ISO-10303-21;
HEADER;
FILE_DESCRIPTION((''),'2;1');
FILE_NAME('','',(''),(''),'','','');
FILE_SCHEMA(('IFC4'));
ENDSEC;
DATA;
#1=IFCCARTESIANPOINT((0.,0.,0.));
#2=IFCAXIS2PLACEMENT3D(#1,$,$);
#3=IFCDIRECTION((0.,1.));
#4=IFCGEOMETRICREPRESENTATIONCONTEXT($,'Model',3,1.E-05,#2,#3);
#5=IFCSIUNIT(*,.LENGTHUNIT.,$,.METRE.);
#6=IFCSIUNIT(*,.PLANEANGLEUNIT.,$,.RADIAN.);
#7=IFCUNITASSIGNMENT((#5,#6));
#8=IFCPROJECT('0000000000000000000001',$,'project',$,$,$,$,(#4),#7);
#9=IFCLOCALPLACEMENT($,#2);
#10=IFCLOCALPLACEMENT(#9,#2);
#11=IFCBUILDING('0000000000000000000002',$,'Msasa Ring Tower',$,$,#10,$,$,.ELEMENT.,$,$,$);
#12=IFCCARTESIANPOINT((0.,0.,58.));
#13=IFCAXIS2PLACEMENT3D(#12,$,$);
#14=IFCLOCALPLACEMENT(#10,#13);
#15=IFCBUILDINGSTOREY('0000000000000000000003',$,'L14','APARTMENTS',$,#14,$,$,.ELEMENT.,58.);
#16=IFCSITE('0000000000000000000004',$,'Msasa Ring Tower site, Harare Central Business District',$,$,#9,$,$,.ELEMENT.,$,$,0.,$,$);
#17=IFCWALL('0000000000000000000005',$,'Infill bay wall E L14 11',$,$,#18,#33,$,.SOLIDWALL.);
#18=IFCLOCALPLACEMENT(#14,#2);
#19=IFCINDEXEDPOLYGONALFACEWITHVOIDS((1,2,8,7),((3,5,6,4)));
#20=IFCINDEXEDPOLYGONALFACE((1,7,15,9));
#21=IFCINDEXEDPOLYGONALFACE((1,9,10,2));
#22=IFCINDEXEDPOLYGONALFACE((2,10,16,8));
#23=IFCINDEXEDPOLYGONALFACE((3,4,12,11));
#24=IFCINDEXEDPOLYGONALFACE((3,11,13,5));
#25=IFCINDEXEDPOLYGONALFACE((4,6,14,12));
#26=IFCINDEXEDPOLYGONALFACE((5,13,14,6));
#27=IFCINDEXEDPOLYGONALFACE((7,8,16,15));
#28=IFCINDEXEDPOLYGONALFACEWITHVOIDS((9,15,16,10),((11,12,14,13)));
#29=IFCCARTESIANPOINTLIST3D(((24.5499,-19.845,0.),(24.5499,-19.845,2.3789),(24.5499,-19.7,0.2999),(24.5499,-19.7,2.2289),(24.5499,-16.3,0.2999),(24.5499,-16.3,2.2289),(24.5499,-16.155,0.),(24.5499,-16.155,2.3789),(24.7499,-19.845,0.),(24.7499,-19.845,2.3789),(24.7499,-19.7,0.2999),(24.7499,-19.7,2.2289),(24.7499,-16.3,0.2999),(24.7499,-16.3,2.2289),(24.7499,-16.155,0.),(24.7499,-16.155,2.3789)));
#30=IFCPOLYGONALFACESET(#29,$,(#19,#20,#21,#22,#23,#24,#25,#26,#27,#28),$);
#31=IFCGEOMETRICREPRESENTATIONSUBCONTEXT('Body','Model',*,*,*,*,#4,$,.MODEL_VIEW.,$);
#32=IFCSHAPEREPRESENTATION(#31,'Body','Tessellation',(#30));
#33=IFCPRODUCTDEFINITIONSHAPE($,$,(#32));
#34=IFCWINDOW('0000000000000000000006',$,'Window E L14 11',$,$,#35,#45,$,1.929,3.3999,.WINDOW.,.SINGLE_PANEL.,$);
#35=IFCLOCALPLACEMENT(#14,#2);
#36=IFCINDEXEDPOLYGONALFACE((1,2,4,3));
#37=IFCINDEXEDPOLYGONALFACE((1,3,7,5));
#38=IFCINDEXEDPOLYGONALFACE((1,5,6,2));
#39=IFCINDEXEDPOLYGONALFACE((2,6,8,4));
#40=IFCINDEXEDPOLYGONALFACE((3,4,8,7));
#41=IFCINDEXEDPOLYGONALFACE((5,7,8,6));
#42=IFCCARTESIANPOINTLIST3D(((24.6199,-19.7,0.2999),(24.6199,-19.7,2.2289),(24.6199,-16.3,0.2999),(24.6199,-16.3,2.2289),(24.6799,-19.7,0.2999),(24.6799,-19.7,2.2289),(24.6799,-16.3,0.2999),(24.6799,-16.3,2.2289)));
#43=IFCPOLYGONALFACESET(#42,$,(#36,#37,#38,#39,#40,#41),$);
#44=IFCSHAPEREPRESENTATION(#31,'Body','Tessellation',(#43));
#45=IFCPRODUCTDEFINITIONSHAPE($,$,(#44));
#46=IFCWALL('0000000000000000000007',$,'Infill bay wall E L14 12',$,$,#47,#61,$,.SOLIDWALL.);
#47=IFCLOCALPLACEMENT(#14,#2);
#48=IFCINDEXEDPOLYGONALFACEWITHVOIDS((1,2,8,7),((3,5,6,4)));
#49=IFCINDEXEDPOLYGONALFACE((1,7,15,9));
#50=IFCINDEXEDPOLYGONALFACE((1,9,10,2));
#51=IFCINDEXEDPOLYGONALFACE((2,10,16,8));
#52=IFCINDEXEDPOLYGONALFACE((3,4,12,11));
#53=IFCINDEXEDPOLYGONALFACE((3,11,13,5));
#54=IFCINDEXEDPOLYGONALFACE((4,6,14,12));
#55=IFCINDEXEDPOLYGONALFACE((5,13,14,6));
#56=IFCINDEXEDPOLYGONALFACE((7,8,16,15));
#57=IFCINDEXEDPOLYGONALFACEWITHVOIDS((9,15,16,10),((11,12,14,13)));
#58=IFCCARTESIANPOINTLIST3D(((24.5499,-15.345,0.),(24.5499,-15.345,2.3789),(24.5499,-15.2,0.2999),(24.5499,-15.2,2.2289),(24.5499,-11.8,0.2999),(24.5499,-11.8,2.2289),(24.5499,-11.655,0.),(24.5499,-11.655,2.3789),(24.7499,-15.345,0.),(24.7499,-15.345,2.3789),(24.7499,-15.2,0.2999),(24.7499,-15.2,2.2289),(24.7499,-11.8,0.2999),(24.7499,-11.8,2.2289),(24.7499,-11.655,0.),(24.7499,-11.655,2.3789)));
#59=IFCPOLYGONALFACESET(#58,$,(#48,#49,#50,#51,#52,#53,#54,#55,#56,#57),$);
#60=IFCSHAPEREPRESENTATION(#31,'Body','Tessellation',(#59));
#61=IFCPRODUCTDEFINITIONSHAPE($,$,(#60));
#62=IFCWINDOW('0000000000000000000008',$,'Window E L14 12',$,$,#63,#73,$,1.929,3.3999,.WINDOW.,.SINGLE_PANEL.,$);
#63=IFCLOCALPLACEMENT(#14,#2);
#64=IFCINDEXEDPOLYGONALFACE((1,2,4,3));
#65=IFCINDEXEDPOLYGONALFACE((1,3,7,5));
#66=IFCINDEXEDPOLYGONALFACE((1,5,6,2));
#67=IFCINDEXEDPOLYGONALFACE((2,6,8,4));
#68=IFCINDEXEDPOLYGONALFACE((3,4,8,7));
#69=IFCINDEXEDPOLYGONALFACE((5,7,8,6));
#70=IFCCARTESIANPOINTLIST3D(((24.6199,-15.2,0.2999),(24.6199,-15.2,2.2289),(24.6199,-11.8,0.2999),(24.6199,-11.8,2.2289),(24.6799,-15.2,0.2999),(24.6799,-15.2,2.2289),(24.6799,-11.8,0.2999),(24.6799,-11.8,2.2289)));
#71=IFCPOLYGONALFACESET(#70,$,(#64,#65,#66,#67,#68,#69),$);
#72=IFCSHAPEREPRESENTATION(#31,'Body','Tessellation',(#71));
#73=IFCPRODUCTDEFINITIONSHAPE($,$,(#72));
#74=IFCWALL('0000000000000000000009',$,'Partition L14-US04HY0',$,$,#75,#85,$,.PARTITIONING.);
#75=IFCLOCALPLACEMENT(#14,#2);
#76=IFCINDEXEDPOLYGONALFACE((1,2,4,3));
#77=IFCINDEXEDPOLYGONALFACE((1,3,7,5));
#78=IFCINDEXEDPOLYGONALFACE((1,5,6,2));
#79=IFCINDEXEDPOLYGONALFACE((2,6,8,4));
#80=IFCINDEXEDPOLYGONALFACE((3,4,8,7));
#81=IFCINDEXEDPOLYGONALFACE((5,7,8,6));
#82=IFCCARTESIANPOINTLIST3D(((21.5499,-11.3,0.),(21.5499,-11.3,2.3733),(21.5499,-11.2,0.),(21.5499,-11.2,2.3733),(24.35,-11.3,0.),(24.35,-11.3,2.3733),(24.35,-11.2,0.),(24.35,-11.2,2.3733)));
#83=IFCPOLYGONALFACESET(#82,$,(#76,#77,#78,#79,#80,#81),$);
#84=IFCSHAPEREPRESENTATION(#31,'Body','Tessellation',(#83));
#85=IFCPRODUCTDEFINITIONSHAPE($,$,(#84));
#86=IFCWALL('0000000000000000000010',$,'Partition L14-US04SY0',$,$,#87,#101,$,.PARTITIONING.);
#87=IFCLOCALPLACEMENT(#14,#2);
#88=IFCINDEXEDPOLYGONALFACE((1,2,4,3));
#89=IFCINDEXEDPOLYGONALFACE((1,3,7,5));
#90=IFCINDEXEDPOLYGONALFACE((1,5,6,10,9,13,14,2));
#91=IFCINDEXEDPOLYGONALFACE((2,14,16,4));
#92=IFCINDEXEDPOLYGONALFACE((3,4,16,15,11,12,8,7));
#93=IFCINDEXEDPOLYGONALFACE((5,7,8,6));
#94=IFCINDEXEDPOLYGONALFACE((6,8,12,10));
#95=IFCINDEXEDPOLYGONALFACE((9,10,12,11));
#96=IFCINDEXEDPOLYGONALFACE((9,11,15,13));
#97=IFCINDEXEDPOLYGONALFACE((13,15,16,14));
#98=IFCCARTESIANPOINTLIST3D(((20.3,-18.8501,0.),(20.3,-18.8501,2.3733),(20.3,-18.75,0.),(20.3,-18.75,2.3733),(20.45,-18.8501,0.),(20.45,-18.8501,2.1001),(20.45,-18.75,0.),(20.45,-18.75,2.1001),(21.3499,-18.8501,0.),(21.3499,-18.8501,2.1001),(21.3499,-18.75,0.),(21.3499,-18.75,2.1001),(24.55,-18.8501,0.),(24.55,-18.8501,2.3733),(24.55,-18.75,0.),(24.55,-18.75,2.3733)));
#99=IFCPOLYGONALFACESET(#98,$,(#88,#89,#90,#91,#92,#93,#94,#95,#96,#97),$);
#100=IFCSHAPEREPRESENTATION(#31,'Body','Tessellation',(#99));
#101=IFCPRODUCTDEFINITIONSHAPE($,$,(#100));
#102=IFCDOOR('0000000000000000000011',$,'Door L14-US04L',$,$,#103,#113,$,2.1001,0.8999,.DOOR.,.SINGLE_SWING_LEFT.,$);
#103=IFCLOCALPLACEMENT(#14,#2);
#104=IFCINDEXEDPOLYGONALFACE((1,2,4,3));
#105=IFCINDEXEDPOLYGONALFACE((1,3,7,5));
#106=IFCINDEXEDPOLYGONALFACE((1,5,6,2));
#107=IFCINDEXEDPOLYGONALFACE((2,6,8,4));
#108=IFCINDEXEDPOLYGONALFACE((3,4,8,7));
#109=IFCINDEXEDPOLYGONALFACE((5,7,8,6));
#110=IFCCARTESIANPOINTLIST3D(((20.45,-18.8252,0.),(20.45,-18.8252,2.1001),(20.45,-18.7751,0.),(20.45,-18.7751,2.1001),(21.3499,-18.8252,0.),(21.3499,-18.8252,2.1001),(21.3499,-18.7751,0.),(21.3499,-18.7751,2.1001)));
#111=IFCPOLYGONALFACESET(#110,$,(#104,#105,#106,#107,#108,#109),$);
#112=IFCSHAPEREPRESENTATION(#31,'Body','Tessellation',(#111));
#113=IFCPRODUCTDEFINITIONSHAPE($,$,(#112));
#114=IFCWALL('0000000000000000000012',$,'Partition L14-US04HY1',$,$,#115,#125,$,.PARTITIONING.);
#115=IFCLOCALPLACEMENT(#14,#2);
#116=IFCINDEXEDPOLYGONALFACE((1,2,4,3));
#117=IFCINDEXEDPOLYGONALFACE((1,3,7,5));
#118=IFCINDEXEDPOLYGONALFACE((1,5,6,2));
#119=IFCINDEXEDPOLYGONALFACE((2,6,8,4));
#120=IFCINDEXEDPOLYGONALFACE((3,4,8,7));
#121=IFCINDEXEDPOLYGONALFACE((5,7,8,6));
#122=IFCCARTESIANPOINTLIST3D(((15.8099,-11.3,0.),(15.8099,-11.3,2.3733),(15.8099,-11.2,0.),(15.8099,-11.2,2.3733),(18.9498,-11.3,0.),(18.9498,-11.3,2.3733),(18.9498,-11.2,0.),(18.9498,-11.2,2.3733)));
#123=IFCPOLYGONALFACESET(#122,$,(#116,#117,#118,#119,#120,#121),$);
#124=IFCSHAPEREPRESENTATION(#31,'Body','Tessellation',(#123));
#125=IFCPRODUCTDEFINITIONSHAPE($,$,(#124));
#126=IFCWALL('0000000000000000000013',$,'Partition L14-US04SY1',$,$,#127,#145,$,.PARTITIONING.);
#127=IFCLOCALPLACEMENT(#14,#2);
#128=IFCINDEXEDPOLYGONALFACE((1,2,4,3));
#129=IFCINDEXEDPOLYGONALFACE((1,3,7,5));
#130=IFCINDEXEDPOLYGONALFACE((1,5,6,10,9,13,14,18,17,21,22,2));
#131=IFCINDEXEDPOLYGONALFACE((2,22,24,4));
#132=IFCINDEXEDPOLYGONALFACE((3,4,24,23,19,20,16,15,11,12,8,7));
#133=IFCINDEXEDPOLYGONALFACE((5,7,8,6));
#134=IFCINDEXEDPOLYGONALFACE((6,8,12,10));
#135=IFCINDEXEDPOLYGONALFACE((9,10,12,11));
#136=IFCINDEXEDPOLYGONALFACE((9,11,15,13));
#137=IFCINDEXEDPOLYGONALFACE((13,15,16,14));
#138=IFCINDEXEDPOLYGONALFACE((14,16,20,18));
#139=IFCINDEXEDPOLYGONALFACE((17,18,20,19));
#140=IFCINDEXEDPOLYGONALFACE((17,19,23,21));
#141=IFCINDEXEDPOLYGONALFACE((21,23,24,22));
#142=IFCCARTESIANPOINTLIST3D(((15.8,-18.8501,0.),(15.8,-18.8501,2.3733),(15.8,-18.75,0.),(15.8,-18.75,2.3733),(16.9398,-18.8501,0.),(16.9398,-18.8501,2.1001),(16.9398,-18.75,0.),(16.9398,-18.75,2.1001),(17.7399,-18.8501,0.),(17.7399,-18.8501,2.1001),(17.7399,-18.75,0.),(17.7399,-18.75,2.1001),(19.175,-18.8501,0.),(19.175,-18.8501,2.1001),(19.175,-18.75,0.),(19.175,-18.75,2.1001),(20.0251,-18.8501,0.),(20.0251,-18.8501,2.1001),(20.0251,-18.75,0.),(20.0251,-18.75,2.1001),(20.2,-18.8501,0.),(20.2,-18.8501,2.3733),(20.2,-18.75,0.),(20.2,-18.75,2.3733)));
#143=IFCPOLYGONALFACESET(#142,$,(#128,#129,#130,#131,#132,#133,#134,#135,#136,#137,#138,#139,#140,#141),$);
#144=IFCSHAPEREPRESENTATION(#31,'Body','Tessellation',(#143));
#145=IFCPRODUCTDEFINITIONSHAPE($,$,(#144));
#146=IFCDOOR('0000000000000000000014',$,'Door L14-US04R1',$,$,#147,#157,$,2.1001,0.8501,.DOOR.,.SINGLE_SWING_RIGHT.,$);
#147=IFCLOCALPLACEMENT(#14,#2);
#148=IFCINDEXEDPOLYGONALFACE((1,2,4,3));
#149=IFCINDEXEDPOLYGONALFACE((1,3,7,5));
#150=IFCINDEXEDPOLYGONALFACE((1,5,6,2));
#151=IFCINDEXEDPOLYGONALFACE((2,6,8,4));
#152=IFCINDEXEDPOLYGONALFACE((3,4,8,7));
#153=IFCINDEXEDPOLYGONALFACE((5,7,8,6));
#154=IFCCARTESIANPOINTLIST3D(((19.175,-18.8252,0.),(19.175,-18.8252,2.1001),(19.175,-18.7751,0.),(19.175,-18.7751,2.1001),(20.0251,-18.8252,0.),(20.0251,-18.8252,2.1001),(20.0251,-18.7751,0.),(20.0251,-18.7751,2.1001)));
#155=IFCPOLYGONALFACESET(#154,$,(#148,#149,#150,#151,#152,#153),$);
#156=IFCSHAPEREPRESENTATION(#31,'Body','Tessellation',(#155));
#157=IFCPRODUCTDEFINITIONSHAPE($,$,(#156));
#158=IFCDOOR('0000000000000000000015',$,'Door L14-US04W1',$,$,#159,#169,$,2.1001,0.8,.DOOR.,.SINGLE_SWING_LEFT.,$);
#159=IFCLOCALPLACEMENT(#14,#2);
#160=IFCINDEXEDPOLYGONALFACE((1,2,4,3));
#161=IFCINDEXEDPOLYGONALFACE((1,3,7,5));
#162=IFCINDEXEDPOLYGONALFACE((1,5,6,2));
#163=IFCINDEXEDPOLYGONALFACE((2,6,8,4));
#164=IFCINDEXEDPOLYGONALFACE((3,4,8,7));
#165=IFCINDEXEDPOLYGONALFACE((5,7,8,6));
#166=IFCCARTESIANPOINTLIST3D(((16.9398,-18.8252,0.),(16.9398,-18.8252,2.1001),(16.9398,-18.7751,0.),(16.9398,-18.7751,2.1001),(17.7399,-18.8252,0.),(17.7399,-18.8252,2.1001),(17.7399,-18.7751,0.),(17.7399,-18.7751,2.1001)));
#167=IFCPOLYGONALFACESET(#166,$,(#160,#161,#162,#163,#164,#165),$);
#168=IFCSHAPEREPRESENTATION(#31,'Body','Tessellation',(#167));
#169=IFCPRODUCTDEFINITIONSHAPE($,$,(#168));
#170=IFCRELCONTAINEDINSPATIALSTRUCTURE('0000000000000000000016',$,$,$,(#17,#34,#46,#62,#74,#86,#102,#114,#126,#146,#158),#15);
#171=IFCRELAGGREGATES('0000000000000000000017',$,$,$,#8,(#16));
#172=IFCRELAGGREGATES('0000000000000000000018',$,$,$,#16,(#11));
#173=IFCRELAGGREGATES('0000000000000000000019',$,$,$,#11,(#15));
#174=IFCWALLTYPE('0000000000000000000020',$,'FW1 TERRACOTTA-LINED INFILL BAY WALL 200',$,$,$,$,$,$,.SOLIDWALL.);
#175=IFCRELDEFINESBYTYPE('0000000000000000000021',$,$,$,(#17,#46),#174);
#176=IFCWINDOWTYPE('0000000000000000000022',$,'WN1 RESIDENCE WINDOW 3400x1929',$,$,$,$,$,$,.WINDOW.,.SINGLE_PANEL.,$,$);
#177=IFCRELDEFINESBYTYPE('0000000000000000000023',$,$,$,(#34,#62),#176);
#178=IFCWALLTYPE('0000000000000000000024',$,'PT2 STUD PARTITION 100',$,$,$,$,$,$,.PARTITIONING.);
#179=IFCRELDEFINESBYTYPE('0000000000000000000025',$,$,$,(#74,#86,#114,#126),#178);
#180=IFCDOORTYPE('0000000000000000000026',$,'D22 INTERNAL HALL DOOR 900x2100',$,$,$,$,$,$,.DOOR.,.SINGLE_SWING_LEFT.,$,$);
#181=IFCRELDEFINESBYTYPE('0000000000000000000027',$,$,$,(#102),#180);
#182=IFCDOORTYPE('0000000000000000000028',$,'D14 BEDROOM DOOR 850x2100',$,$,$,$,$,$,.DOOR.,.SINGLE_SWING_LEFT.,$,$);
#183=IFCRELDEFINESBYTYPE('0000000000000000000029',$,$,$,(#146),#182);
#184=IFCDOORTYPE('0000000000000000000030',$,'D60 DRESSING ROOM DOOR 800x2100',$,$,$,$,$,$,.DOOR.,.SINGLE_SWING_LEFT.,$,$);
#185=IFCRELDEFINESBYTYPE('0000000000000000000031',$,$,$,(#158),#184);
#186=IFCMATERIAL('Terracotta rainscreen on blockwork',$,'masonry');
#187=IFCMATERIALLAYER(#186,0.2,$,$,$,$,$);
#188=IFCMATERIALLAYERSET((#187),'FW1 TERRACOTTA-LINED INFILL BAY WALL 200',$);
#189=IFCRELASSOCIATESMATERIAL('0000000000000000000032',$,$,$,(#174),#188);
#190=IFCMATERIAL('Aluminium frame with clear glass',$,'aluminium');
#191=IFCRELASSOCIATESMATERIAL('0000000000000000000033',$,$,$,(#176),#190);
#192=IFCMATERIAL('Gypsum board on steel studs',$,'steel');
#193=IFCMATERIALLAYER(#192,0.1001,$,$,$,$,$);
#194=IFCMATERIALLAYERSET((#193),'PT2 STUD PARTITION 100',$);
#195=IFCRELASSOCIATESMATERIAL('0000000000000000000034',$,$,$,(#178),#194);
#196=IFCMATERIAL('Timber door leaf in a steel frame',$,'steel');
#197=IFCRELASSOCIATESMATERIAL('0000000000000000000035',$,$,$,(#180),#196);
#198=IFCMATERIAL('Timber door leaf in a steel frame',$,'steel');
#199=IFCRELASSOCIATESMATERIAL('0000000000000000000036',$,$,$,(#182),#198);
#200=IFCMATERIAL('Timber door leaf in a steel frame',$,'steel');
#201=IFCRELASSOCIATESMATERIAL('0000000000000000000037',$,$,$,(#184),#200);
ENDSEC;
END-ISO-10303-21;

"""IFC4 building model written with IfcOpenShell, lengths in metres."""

from ifc_helpers import new_model, si_unit, direction, frame, frame_2d, origin, place, context, subcontext, project, spatial, rectangle, extrude, material, layer, layer_set, type_object, element, fill, save


model = new_model("IFC4")

# Units and contexts
model_context = context("Model", 3, precision=1e-05, world=origin(), true_north=direction((0.0, 1.0)))
body_context = subcontext(model_context, "Body", "Model", "MODEL_VIEW")
ifc_project = project(units=[si_unit("LENGTHUNIT", "METRE"), si_unit("PLANEANGLEUNIT", "RADIAN")], contexts=[model_context])

# Site, building, storey
site_placement = place(None, origin())
site = spatial("IfcSite", under=ifc_project, at=site_placement, Name="Msasa Ring Tower site, Harare Central Business District", CompositionType="ELEMENT", RefElevation=0.0)
building_placement = place(site_placement, origin())
building = spatial("IfcBuilding", under=site, at=building_placement, Name="Msasa Ring Tower", CompositionType="ELEMENT")
storey_placement = place(building_placement, frame((0.0, 0.0, 58.0)))
storey = spatial("IfcBuildingStorey", under=building, at=storey_placement, Name="L14", Description="APARTMENTS", CompositionType="ELEMENT", Elevation=58.0)

# Walls, openings, windows
ifc_material_1 = material(Name="Terracotta rainscreen on blockwork", Category="masonry")
ifc_layer_1 = layer(ifc_material_1, 0.2)
ifc_layer_set_1 = layer_set([ifc_layer_1], Name="FW1 TERRACOTTA-LINED INFILL BAY WALL 200")
wall_type_1 = type_object("IfcWallType", Name="FW1 TERRACOTTA-LINED INFILL BAY WALL 200", PredefinedType="SOLIDWALL", material=ifc_layer_set_1)
wall_1_placement = place(storey_placement, frame((24.6499, -19.845, 0.0), z_axis=(0.0, 0.0, 1.0), x_axis=(0.0, 1.0, 0.0)))
wall_1 = element("IfcWall", 1, at=wall_1_placement, inside=storey, type_object=wall_type_1, Name="Infill bay wall E L14 11", PredefinedType="SOLIDWALL", context=body_context, shape_type="SweptSolid", body=[
    extrude(rectangle(XDim=3.6899, YDim=0.2, at=frame_2d((1.845, 0.0))), origin(), (0.0, 0.0, 1.0), 2.3789),
])
opening_1_placement = place(wall_1_placement, frame((0.145, 0.0, 0.3)))
opening_1 = element("IfcOpeningElement", 2, at=opening_1_placement, cuts=wall_1, PredefinedType="OPENING", context=body_context, shape_type="SweptSolid", body=[
    extrude(rectangle(XDim=3.3999, YDim=1.929, at=frame_2d((1.7, 0.9644))), frame((0.0, 0.1099, 0.0), z_axis=(0.0, -1.0, 0.0), x_axis=(1.0, 0.0, 0.0)), (0.0, 0.0, 1.0), 0.22),
])
ifc_material_2 = material(Name="Aluminium frame with clear glass", Category="aluminium")
window_type = type_object("IfcWindowType", Name="WN1 RESIDENCE WINDOW 3400x1929", PartitioningType="SINGLE_PANEL", PredefinedType="WINDOW", material=ifc_material_2)
window_1_placement = place(opening_1_placement, origin())
window_1 = element("IfcWindow", 3, at=window_1_placement, inside=storey, type_object=window_type, Name="Window E L14 11", OverallHeight=1.929, OverallWidth=3.3999, PartitioningType="SINGLE_PANEL", PredefinedType="WINDOW", context=body_context, shape_type="SweptSolid", body=[
    extrude(rectangle(XDim=3.3999, YDim=1.929, at=frame_2d((1.7, 0.9644))), frame((0.0, 0.03, 0.0), z_axis=(0.0, -1.0, 0.0), x_axis=(1.0, 0.0, 0.0)), (0.0, 0.0, 1.0), 0.0601),
])
fill(opening_1, window_1)
wall_2_placement = place(storey_placement, frame((24.6499, -15.345, 0.0), z_axis=(0.0, 0.0, 1.0), x_axis=(0.0, 1.0, 0.0)))
wall_2 = element("IfcWall", 4, at=wall_2_placement, inside=storey, type_object=wall_type_1, Name="Infill bay wall E L14 12", PredefinedType="SOLIDWALL", context=body_context, shape_type="SweptSolid", body=[
    extrude(rectangle(XDim=3.6899, YDim=0.2, at=frame_2d((1.845, 0.0))), origin(), (0.0, 0.0, 1.0), 2.3789),
])
opening_2_placement = place(wall_2_placement, frame((0.145, 0.0, 0.3)))
opening_2 = element("IfcOpeningElement", 5, at=opening_2_placement, cuts=wall_2, PredefinedType="OPENING", context=body_context, shape_type="SweptSolid", body=[
    extrude(rectangle(XDim=3.3999, YDim=1.929, at=frame_2d((1.7, 0.9644))), frame((0.0, 0.1099, 0.0), z_axis=(0.0, -1.0, 0.0), x_axis=(1.0, 0.0, 0.0)), (0.0, 0.0, 1.0), 0.22),
])
window_2_placement = place(opening_2_placement, origin())
window_2 = element("IfcWindow", 6, at=window_2_placement, inside=storey, type_object=window_type, Name="Window E L14 12", OverallHeight=1.929, OverallWidth=3.3999, PartitioningType="SINGLE_PANEL", PredefinedType="WINDOW", context=body_context, shape_type="SweptSolid", body=[
    extrude(rectangle(XDim=3.3999, YDim=1.929, at=frame_2d((1.7, 0.9644))), frame((0.0, 0.03, 0.0), z_axis=(0.0, -1.0, 0.0), x_axis=(1.0, 0.0, 0.0)), (0.0, 0.0, 1.0), 0.0601),
])
fill(opening_2, window_2)

# Wall
ifc_material_3 = material(Name="Gypsum board on steel studs", Category="steel")
ifc_layer_2 = layer(ifc_material_3, 0.1001)
ifc_layer_set_2 = layer_set([ifc_layer_2], Name="PT2 STUD PARTITION 100")
wall_type_2 = type_object("IfcWallType", Name="PT2 STUD PARTITION 100", PredefinedType="PARTITIONING", material=ifc_layer_set_2)
wall_3_placement = place(storey_placement, frame((21.55, -11.25, 0.0), z_axis=(0.0, 0.0, 1.0), x_axis=(1.0, 0.0, 0.0)))
element("IfcWall", 7, at=wall_3_placement, inside=storey, type_object=wall_type_2, Name="Partition L14-US04HY0", PredefinedType="PARTITIONING", context=body_context, shape_type="SweptSolid", body=[
    extrude(rectangle(XDim=2.8, YDim=0.1001, at=frame_2d((1.3999, 0.0))), origin(), (0.0, 0.0, 1.0), 2.3733),
])

# Wall, opening, door
wall_4_placement = place(storey_placement, frame((20.3, -18.8, 0.0), z_axis=(0.0, 0.0, 1.0), x_axis=(1.0, 0.0, 0.0)))
wall_4 = element("IfcWall", 8, at=wall_4_placement, inside=storey, type_object=wall_type_2, Name="Partition L14-US04SY0", PredefinedType="PARTITIONING", context=body_context, shape_type="SweptSolid", body=[
    extrude(rectangle(XDim=4.25, YDim=0.1001, at=frame_2d((2.125, 0.0))), origin(), (0.0, 0.0, 1.0), 2.3733),
])
opening_3_placement = place(wall_4_placement, frame((0.1499, 0.0, 0.0)))
opening_3 = element("IfcOpeningElement", 9, at=opening_3_placement, cuts=wall_4, PredefinedType="OPENING", context=body_context, shape_type="SweptSolid", body=[
    extrude(rectangle(XDim=0.8999, YDim=2.1001, at=frame_2d((0.45, 1.05))), frame((0.0, 0.0601, 0.0), z_axis=(0.0, -1.0, 0.0), x_axis=(1.0, 0.0, 0.0)), (0.0, 0.0, 1.0), 0.1201),
])
ifc_material_4 = material(Name="Timber door leaf in a steel frame", Category="steel")
door_type_1 = type_object("IfcDoorType", Name="D22 INTERNAL HALL DOOR 900x2100", OperationType="SINGLE_SWING_LEFT", PredefinedType="DOOR", material=ifc_material_4)
door_1_placement = place(opening_3_placement, origin())
door_1 = element("IfcDoor", 10, at=door_1_placement, inside=storey, type_object=door_type_1, Name="Door L14-US04L", OperationType="SINGLE_SWING_LEFT", OverallHeight=2.1001, OverallWidth=0.8999, PredefinedType="DOOR", context=body_context, shape_type="SweptSolid", body=[
    extrude(rectangle(XDim=0.8999, YDim=2.1001, at=frame_2d((0.45, 1.05))), frame((0.0, 0.0249, 0.0), z_axis=(0.0, -1.0, 0.0), x_axis=(1.0, 0.0, 0.0)), (0.0, 0.0, 1.0), 0.05),
])
fill(opening_3, door_1)

# Wall
wall_5_placement = place(storey_placement, frame((15.8101, -11.25, 0.0), z_axis=(0.0, 0.0, 1.0), x_axis=(1.0, 0.0, 0.0)))
element("IfcWall", 11, at=wall_5_placement, inside=storey, type_object=wall_type_2, Name="Partition L14-US04HY1", PredefinedType="PARTITIONING", context=body_context, shape_type="SweptSolid", body=[
    extrude(rectangle(XDim=3.1399, YDim=0.1001, at=frame_2d((1.5698, 0.0))), origin(), (0.0, 0.0, 1.0), 2.3733),
])

# Wall, openings, doors
wall_6_placement = place(storey_placement, frame((15.8, -18.8, 0.0), z_axis=(0.0, 0.0, 1.0), x_axis=(1.0, 0.0, 0.0)))
wall_6 = element("IfcWall", 12, at=wall_6_placement, inside=storey, type_object=wall_type_2, Name="Partition L14-US04SY1", PredefinedType="PARTITIONING", context=body_context, shape_type="SweptSolid", body=[
    extrude(rectangle(XDim=4.3999, YDim=0.1001, at=frame_2d((2.2, 0.0))), origin(), (0.0, 0.0, 1.0), 2.3733),
])
opening_4_placement = place(wall_6_placement, frame((3.375, 0.0, 0.0)))
opening_4 = element("IfcOpeningElement", 13, at=opening_4_placement, cuts=wall_6, PredefinedType="OPENING", context=body_context, shape_type="SweptSolid", body=[
    extrude(rectangle(XDim=0.8501, YDim=2.1001, at=frame_2d((0.425, 1.05))), frame((0.0, 0.0601, 0.0), z_axis=(0.0, -1.0, 0.0), x_axis=(1.0, 0.0, 0.0)), (0.0, 0.0, 1.0), 0.1201),
])
opening_5_placement = place(wall_6_placement, frame((1.1399, 0.0, 0.0)))
opening_5 = element("IfcOpeningElement", 14, at=opening_5_placement, cuts=wall_6, PredefinedType="OPENING", context=body_context, shape_type="SweptSolid", body=[
    extrude(rectangle(XDim=0.8, YDim=2.1001, at=frame_2d((0.3999, 1.05))), frame((0.0, 0.0601, 0.0), z_axis=(0.0, -1.0, 0.0), x_axis=(1.0, 0.0, 0.0)), (0.0, 0.0, 1.0), 0.1201),
])
ifc_material_5 = material(Name="Timber door leaf in a steel frame", Category="steel")
door_type_2 = type_object("IfcDoorType", Name="D14 BEDROOM DOOR 850x2100", OperationType="SINGLE_SWING_LEFT", PredefinedType="DOOR", material=ifc_material_5)
door_2_placement = place(opening_4_placement, origin())
door_2 = element("IfcDoor", 15, at=door_2_placement, inside=storey, type_object=door_type_2, Name="Door L14-US04R1", OperationType="SINGLE_SWING_RIGHT", OverallHeight=2.1001, OverallWidth=0.8501, PredefinedType="DOOR", context=body_context, shape_type="SweptSolid", body=[
    extrude(rectangle(XDim=0.8501, YDim=2.1001, at=frame_2d((0.425, 1.05))), frame((0.0, 0.0249, 0.0), z_axis=(0.0, -1.0, 0.0), x_axis=(1.0, 0.0, 0.0)), (0.0, 0.0, 1.0), 0.05),
])
fill(opening_4, door_2)
ifc_material_6 = material(Name="Timber door leaf in a steel frame", Category="steel")
door_type_3 = type_object("IfcDoorType", Name="D60 DRESSING ROOM DOOR 800x2100", OperationType="SINGLE_SWING_LEFT", PredefinedType="DOOR", material=ifc_material_6)
door_3_placement = place(opening_5_placement, origin())
door_3 = element("IfcDoor", 16, at=door_3_placement, inside=storey, type_object=door_type_3, Name="Door L14-US04W1", OperationType="SINGLE_SWING_LEFT", OverallHeight=2.1001, OverallWidth=0.8, PredefinedType="DOOR", context=body_context, shape_type="SweptSolid", body=[
    extrude(rectangle(XDim=0.8, YDim=2.1001, at=frame_2d((0.3999, 1.05))), frame((0.0, 0.0249, 0.0), z_axis=(0.0, -1.0, 0.0), x_axis=(1.0, 0.0, 0.0)), (0.0, 0.0, 1.0), 0.05),
])
fill(opening_5, door_3)

save(model, "model.ifc")
